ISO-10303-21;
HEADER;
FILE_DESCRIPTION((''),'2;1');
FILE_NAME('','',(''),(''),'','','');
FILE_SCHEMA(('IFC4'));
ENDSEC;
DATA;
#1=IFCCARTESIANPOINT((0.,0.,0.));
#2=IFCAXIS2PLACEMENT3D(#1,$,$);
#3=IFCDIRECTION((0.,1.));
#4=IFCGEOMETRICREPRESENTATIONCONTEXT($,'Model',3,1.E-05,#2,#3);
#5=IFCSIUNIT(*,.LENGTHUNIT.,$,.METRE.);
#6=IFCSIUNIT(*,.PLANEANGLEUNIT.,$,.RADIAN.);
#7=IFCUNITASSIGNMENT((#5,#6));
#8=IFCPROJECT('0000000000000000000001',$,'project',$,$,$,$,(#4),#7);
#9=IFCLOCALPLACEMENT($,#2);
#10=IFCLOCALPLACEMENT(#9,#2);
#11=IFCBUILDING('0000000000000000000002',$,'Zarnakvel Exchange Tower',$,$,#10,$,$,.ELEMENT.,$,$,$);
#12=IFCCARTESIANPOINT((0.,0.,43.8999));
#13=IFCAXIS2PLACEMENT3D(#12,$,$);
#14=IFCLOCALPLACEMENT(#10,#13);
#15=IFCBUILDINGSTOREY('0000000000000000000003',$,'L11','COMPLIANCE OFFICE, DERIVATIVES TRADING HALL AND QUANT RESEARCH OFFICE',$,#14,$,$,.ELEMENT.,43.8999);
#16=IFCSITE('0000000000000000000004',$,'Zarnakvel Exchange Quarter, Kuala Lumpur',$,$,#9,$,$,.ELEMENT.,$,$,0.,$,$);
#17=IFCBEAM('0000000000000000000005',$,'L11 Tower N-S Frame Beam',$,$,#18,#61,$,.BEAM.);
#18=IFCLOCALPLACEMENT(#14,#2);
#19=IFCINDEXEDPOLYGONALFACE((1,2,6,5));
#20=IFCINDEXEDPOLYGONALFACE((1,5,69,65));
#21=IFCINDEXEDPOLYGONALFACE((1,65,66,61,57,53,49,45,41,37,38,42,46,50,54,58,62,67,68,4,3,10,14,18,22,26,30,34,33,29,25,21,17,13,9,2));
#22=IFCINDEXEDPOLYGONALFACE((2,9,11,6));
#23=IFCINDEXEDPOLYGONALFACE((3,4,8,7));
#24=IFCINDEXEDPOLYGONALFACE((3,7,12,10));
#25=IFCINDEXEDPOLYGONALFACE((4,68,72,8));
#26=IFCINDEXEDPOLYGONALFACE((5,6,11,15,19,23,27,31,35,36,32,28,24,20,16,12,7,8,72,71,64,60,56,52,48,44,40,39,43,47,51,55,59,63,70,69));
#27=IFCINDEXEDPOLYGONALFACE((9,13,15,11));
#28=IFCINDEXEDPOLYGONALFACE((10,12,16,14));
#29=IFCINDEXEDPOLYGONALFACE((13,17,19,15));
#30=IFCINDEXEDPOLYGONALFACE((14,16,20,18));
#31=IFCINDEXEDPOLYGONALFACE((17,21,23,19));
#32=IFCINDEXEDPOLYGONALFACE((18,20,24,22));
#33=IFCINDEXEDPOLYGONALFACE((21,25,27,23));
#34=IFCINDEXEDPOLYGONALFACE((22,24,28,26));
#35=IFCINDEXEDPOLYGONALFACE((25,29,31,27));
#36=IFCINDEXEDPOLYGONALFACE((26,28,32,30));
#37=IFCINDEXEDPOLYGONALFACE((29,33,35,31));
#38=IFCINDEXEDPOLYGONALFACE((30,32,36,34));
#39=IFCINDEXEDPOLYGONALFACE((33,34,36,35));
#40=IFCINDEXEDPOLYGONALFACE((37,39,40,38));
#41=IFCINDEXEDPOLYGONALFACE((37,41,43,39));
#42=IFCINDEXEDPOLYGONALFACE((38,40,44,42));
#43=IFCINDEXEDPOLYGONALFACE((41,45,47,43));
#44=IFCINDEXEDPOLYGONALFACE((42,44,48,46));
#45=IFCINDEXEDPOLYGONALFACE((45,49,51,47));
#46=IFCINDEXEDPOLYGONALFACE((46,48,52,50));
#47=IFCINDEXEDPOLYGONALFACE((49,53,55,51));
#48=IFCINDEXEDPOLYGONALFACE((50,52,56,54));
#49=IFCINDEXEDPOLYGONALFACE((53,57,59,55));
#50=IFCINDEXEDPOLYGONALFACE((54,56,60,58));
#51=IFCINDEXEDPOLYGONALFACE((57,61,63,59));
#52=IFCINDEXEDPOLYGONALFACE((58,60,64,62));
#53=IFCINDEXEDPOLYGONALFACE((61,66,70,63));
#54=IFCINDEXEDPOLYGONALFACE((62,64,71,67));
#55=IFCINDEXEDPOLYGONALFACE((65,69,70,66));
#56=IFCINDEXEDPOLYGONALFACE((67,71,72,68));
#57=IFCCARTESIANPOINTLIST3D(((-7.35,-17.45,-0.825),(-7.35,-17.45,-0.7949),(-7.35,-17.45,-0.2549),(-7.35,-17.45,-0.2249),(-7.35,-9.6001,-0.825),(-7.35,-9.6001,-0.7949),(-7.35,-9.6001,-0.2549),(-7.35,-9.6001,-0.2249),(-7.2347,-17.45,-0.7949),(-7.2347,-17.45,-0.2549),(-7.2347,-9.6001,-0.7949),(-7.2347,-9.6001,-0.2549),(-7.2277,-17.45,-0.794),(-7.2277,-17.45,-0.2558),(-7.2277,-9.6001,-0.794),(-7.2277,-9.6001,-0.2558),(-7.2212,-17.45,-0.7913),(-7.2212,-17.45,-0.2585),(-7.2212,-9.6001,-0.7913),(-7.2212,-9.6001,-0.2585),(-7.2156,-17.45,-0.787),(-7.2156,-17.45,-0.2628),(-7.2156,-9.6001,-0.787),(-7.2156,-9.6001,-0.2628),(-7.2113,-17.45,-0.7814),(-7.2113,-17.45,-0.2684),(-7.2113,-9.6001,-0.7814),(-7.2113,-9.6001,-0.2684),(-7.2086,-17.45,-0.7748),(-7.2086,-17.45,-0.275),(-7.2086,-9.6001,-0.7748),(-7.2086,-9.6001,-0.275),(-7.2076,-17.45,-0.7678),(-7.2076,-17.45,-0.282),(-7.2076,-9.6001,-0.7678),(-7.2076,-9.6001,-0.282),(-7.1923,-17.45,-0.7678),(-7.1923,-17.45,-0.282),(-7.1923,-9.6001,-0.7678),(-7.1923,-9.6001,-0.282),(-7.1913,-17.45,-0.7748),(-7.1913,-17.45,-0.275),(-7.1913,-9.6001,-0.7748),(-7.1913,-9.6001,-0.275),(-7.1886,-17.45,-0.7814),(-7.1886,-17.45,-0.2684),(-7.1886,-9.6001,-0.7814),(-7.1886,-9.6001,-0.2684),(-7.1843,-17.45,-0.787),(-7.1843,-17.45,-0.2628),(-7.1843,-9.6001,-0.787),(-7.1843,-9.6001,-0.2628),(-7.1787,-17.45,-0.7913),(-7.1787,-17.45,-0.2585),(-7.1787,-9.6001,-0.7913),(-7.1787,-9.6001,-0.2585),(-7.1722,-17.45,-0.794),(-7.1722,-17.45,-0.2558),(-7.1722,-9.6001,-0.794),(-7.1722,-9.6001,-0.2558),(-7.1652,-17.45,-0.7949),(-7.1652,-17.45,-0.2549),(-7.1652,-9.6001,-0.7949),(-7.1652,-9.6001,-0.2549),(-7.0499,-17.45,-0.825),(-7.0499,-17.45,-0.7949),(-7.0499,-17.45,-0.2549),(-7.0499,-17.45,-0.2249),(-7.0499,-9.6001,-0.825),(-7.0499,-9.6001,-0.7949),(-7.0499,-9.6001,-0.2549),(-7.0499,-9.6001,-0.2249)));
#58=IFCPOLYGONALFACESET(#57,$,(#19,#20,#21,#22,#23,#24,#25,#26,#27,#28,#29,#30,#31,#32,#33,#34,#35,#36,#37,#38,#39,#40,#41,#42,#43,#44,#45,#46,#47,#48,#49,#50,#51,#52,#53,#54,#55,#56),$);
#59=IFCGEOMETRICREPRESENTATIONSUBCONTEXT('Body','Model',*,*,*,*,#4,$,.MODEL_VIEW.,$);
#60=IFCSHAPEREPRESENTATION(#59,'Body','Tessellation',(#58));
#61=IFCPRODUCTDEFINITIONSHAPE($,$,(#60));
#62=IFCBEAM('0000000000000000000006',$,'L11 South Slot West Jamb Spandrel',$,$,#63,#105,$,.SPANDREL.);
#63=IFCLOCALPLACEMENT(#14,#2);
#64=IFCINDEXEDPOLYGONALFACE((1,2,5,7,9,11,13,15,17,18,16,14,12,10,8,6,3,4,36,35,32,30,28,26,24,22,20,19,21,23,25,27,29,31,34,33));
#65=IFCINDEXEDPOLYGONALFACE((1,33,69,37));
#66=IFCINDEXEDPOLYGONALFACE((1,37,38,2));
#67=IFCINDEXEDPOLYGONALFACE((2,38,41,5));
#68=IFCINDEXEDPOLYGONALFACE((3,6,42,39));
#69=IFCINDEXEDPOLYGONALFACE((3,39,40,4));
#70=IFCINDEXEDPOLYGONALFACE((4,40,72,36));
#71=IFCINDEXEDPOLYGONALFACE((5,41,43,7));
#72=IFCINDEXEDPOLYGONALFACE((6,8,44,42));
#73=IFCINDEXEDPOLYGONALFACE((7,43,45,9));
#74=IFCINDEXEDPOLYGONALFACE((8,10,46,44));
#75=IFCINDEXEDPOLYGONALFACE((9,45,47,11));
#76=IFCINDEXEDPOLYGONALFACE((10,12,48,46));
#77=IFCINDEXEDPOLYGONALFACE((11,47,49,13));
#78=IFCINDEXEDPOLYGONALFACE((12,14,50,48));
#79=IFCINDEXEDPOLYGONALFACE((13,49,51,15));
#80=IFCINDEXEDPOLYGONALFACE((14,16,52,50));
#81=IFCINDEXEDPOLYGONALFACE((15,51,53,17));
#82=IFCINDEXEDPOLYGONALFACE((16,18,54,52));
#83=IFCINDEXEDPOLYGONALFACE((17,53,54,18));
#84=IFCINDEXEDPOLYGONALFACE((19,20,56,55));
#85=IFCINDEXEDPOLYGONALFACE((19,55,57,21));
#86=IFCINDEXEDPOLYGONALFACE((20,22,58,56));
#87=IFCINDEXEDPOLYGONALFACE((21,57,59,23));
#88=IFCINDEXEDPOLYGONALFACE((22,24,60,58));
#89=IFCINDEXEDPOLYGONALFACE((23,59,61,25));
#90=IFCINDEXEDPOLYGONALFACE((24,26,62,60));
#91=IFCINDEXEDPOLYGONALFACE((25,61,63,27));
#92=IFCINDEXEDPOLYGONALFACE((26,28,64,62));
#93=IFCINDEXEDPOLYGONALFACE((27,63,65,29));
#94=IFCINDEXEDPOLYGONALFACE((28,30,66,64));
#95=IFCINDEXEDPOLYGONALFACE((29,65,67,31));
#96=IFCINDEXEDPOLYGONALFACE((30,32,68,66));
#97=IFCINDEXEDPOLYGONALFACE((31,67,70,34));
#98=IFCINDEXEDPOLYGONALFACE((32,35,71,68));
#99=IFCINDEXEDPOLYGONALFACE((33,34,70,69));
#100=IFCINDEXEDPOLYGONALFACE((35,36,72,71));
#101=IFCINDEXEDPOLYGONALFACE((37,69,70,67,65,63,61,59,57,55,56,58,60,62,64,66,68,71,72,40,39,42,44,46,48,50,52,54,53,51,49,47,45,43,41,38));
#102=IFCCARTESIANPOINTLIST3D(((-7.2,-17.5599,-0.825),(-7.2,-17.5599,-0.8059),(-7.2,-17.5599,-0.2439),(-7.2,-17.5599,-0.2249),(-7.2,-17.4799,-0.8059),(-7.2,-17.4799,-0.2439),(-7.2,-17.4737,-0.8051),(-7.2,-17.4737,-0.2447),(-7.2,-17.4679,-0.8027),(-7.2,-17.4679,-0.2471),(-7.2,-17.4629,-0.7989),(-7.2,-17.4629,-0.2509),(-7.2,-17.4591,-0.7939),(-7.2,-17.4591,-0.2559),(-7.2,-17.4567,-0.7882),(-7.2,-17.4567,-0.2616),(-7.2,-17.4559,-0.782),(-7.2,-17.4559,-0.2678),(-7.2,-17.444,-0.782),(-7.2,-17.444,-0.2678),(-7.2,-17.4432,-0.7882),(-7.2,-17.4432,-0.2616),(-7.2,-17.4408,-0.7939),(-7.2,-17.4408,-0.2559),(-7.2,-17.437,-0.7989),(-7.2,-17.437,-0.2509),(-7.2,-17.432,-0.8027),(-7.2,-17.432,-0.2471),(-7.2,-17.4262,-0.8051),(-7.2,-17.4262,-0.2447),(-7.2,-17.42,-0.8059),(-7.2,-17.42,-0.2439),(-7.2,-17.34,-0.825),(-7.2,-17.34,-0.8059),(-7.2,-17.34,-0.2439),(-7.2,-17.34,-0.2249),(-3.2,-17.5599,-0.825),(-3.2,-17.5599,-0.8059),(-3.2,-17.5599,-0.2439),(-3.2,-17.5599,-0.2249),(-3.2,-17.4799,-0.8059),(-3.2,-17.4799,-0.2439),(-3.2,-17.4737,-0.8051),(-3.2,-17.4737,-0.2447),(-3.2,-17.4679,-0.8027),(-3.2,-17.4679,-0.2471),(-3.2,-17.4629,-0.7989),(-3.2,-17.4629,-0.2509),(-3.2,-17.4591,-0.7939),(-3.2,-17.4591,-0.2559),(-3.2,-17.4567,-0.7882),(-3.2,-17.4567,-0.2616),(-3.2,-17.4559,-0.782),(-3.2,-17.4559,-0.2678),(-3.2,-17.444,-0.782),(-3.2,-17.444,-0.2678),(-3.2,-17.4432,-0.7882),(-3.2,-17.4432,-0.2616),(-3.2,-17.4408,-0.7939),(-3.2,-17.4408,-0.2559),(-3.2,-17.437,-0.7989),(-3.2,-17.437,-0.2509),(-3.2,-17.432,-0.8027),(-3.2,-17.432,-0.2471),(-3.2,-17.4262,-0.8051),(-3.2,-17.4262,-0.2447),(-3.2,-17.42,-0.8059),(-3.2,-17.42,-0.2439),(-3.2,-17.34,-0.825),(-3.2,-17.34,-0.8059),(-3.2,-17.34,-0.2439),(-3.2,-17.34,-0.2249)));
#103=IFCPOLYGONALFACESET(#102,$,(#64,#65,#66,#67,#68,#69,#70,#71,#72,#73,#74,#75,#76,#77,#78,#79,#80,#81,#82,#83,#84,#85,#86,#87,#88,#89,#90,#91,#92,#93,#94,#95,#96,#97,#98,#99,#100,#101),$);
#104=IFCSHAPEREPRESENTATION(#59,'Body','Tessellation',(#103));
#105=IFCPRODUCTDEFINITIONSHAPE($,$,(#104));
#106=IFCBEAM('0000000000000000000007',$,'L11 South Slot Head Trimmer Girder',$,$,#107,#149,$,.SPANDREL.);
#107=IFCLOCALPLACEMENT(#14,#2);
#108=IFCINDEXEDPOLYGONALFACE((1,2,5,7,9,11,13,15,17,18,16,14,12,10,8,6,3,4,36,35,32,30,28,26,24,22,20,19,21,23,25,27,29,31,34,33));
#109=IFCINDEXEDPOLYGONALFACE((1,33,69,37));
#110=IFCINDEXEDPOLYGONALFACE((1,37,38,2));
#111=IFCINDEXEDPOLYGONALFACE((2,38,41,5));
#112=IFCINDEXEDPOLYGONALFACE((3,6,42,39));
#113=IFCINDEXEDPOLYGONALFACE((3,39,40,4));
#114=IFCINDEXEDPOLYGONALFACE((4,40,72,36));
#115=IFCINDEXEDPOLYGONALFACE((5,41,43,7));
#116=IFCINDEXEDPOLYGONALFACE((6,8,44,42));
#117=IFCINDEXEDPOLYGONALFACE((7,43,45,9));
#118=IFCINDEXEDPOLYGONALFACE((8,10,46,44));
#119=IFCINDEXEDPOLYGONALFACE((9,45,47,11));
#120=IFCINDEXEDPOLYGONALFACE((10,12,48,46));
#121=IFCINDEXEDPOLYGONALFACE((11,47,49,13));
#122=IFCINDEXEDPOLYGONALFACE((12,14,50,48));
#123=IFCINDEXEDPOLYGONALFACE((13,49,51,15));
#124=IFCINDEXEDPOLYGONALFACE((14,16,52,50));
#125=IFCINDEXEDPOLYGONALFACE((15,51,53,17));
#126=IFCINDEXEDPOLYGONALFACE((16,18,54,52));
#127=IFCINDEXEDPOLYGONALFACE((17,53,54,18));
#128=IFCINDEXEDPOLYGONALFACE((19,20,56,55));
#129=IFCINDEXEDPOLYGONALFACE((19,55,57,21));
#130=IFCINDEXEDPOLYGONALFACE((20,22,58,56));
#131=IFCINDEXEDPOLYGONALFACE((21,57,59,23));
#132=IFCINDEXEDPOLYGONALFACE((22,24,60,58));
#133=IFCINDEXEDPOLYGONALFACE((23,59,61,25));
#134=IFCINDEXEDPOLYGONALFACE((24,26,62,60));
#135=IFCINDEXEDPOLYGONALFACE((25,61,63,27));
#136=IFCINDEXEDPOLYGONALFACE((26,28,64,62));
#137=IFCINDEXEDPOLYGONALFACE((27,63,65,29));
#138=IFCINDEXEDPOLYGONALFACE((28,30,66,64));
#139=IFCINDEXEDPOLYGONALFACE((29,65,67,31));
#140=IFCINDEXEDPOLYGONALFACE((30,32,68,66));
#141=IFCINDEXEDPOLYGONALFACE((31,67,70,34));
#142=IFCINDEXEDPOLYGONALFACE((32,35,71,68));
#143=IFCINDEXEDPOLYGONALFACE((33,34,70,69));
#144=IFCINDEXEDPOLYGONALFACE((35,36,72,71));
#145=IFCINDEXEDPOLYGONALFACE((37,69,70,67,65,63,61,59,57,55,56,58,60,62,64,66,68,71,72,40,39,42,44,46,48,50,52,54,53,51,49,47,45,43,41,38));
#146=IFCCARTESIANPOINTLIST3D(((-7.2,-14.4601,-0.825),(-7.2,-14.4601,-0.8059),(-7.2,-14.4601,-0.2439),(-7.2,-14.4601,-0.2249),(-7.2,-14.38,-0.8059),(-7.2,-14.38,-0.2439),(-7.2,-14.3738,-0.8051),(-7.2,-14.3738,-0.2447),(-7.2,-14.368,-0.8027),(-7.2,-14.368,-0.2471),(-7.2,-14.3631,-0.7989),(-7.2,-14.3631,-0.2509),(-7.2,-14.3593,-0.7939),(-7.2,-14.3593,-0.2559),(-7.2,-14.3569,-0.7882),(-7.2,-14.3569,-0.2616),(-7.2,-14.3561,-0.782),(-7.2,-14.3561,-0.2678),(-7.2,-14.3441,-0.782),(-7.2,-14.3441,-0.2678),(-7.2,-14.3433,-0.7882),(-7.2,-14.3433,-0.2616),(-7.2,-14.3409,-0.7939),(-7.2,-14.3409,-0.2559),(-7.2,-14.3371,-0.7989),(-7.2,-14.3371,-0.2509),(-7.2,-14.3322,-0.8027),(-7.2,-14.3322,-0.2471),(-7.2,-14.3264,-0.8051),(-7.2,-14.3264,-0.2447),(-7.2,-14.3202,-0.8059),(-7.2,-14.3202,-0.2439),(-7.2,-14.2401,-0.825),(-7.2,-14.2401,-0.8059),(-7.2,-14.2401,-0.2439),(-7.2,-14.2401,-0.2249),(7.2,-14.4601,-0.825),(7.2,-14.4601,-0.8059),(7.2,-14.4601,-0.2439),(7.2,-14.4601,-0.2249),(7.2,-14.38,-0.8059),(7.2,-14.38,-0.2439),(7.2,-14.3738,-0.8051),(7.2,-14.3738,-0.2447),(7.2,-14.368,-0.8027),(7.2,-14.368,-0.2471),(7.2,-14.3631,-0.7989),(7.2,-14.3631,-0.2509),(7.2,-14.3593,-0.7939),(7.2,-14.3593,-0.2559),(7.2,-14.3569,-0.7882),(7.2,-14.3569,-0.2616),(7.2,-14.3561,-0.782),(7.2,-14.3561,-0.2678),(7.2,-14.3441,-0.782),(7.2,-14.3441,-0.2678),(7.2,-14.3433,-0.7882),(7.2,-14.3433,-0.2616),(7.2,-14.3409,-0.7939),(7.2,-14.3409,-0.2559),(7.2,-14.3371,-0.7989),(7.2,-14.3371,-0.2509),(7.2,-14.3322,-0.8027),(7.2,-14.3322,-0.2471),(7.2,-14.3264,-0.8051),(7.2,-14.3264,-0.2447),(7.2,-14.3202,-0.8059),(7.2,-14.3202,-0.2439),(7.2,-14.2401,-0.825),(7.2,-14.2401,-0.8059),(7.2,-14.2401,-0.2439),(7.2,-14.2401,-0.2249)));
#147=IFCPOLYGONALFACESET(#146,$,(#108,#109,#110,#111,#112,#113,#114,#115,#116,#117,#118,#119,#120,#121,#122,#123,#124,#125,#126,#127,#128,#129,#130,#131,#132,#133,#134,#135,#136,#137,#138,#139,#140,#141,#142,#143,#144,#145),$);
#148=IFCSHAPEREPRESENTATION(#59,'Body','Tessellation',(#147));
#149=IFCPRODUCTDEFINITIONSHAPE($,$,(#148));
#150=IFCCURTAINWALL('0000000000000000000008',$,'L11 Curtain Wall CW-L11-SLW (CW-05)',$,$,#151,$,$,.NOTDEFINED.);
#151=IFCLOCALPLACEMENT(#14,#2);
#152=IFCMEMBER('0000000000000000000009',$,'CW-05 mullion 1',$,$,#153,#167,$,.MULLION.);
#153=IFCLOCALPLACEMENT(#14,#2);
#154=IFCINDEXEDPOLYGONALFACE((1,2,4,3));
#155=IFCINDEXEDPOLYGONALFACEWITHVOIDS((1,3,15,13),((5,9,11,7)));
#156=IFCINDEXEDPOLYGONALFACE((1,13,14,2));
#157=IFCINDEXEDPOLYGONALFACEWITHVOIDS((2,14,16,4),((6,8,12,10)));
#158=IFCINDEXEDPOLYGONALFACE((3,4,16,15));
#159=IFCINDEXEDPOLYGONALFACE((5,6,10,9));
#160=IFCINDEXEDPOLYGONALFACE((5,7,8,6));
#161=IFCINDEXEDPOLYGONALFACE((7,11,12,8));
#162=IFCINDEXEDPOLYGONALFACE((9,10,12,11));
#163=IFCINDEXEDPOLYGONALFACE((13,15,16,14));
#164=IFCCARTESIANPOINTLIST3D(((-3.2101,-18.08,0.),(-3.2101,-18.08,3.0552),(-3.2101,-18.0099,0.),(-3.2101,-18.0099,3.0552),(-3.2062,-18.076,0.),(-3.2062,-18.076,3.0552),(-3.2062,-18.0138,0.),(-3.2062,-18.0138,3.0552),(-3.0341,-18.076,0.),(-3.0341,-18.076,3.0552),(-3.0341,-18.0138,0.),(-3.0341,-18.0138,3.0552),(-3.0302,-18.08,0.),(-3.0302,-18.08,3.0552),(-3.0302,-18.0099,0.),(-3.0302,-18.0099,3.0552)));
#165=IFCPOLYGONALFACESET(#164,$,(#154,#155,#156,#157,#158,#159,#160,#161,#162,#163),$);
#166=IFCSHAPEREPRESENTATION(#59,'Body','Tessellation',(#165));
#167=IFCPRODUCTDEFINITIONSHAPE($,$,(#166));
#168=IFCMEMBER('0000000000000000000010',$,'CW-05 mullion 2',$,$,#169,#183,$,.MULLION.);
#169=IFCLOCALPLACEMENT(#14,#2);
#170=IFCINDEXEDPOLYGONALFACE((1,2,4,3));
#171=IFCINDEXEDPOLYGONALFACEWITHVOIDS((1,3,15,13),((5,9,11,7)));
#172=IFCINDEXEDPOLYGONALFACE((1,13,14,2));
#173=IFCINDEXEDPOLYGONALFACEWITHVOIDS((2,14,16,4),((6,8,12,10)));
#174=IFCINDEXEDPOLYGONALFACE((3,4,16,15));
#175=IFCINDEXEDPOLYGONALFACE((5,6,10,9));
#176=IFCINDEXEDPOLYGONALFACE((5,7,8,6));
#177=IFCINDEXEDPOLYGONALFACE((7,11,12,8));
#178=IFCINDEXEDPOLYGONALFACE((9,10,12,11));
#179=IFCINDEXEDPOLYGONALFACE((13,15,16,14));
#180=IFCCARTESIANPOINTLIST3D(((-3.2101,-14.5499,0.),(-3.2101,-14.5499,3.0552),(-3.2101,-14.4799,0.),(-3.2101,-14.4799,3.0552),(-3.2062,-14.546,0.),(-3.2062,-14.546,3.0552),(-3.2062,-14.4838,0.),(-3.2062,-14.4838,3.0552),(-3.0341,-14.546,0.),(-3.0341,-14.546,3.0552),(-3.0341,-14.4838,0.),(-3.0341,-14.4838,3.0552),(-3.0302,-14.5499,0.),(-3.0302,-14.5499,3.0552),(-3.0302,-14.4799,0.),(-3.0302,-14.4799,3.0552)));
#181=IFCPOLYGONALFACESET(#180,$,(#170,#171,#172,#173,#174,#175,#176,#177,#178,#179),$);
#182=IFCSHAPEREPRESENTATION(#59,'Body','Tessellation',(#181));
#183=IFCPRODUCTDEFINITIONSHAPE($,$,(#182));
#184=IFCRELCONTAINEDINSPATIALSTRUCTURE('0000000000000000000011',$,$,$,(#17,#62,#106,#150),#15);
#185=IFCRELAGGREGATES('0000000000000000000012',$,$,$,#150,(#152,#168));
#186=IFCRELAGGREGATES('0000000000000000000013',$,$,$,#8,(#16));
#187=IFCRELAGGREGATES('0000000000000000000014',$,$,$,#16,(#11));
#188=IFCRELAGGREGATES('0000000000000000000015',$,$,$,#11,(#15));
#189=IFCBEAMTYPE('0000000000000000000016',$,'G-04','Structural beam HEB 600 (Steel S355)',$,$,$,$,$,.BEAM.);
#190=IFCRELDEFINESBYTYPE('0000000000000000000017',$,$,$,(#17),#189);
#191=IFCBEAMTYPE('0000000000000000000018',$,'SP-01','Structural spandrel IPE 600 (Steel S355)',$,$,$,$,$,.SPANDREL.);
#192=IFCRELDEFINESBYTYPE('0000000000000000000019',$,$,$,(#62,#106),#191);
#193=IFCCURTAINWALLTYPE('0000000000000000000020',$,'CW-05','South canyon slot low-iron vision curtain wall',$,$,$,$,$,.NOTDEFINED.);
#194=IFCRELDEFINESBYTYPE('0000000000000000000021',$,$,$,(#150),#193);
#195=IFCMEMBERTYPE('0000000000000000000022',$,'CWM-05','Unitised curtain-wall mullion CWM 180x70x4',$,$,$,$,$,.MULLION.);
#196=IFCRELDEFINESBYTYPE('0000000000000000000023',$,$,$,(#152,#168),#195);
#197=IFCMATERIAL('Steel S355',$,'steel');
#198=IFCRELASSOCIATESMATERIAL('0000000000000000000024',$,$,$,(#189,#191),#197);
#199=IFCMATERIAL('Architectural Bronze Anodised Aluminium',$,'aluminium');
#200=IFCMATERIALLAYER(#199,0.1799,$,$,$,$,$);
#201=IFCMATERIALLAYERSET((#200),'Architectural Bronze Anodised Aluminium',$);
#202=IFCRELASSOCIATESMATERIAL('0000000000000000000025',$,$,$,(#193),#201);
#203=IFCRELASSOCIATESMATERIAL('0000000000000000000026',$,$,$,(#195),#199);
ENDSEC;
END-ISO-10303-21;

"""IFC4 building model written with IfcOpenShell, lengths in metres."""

from ifc_helpers import new_model, si_unit, direction, frame, origin, origin_2d, place, context, subcontext, project, spatial, hollow_rectangle, i_section, extrude, source, transform, mapped, material, layer, layer_set, material_profile, profile_set, type_object, element, aggregate, save


model = new_model("IFC4")

# Units and contexts
model_context = context("Model", 3, precision=1e-05, world=origin(), true_north=direction((0.0, 1.0)))
body_context = subcontext(model_context, "Body", "Model", "MODEL_VIEW")
ifc_project = project(units=[si_unit("LENGTHUNIT", "METRE"), si_unit("PLANEANGLEUNIT", "RADIAN")], contexts=[model_context])

# Site, building, storey
site_placement = place(None, origin())
site = spatial("IfcSite", under=ifc_project, at=site_placement, Name="Zarnakvel Exchange Quarter, Kuala Lumpur", CompositionType="ELEMENT", RefElevation=0.0)
building_placement = place(site_placement, origin())
building = spatial("IfcBuilding", under=site, at=building_placement, Name="Zarnakvel Exchange Tower", CompositionType="ELEMENT")
storey_placement = place(building_placement, frame((0.0, 0.0, 43.8999)))
storey = spatial("IfcBuildingStorey", under=building, at=storey_placement, Name="L11", Description="COMPLIANCE OFFICE, DERIVATIVES TRADING HALL AND QUANT RESEARCH OFFICE", CompositionType="ELEMENT", Elevation=43.8999)

# Beams
ifc_material_1 = material(Name="Steel S355", Category="steel")
ifc_material_profile_1 = material_profile(ifc_material_1, i_section(OverallWidth=0.3, OverallDepth=0.6001, WebThickness=0.0154, FlangeThickness=0.03, FilletRadius=0.0271, at=origin_2d()))
ifc_profile_set_1 = profile_set([ifc_material_profile_1], Name="Steel S355")
beam_type_1 = type_object("IfcBeamType", Name="G-04", Description="Structural beam HEB 600 (Steel S355)", PredefinedType="BEAM", material=ifc_profile_set_1)
for number, where, z_axis, x_axis, name in (
    (1, (-7.2, -17.45, -0.5249), (0.0, 1.0, 0.0), (-1.0, 0.0, 0.0), "L11 Tower N-S Frame Beam"),
):
    element("IfcBeam", number, at=place(storey_placement, frame(where, z_axis=z_axis, x_axis=x_axis)), inside=storey, type_object=beam_type_1, Name=name, PredefinedType="BEAM", context=body_context, shape_type="SweptSolid", body=[
        extrude(i_section(OverallWidth=0.3, OverallDepth=0.6001, WebThickness=0.0154, FlangeThickness=0.03, FilletRadius=0.0271, at=origin_2d()), origin(), (0.0, 0.0, 1.0), 7.8499),
    ])
ifc_material_profile_2 = material_profile(ifc_material_1, i_section(OverallWidth=0.22, OverallDepth=0.6001, WebThickness=0.012, FlangeThickness=0.019, FilletRadius=0.0239, at=origin_2d()))
ifc_profile_set_2 = profile_set([ifc_material_profile_2], Name="Steel S355")
beam_type_2 = type_object("IfcBeamType", Name="SP-01", Description="Structural spandrel IPE 600 (Steel S355)", PredefinedType="SPANDREL", material=ifc_profile_set_2)
beam_1_placement = place(storey_placement, frame((-7.2, -17.45, -0.5249), z_axis=(1.0, 0.0, 0.0), x_axis=(0.0, 1.0, 0.0)))
element("IfcBeam", 2, at=beam_1_placement, inside=storey, type_object=beam_type_2, Name="L11 South Slot West Jamb Spandrel", PredefinedType="SPANDREL", context=body_context, shape_type="SweptSolid", body=[
    extrude(i_section(OverallWidth=0.22, OverallDepth=0.6001, WebThickness=0.012, FlangeThickness=0.019, FilletRadius=0.0239, at=origin_2d()), origin(), (0.0, 0.0, 1.0), 4.0),
])
beam_2_placement = place(storey_placement, frame((-7.2, -14.3501, -0.5249), z_axis=(1.0, 0.0, 0.0), x_axis=(0.0, 1.0, 0.0)))
element("IfcBeam", 3, at=beam_2_placement, inside=storey, type_object=beam_type_2, Name="L11 South Slot Head Trimmer Girder", PredefinedType="SPANDREL", context=body_context, shape_type="SweptSolid", body=[
    extrude(i_section(OverallWidth=0.22, OverallDepth=0.6001, WebThickness=0.012, FlangeThickness=0.019, FilletRadius=0.0239, at=origin_2d()), origin(), (0.0, 0.0, 1.0), 14.3999),
])

# Curtain wall, members
ifc_material_2 = material(Name="Architectural Bronze Anodised Aluminium", Category="aluminium")
ifc_layer_1 = layer(ifc_material_2, 0.1799)
ifc_layer_set_1 = layer_set([ifc_layer_1], Name="Architectural Bronze Anodised Aluminium")
curtain_wall_type = type_object("IfcCurtainWallType", Name="CW-05", Description="South canyon slot low-iron vision curtain wall", PredefinedType="NOTDEFINED", material=ifc_layer_set_1)
curtain_wall_1_placement = place(storey_placement, origin())
curtain_wall_1 = element("IfcCurtainWall", 4, at=curtain_wall_1_placement, inside=storey, type_object=curtain_wall_type, Name="L11 Curtain Wall CW-L11-SLW (CW-05)", PredefinedType="NOTDEFINED")
ifc_material_profile_3 = material_profile(ifc_material_2, hollow_rectangle(XDim=0.1799, YDim=0.0701, WallThickness=0.0039, at=origin_2d()))
ifc_profile_set_3 = profile_set([ifc_material_profile_3], Name="Architectural Bronze Anodised Aluminium")
member_type_1 = type_object("IfcMemberType", Name="CWM-05", Description="Unitised curtain-wall mullion CWM 180x70x4", PredefinedType="MULLION", material=ifc_profile_set_3)
shared_shape_1 = source(origin(), body_context, "Body", "SweptSolid", [
    extrude(hollow_rectangle(XDim=0.1799, YDim=0.0701, WallThickness=0.0039, at=origin_2d()), origin(), (0.0, 0.0, 1.0), 3.0552),
])
member_1_placement = place(storey_placement, frame((-3.1201, -18.0449, 0.0), z_axis=(0.0, 0.0, 1.0), x_axis=(-1.0, 0.0, 0.0)))
member_1 = element("IfcMember", 5, at=member_1_placement, type_object=member_type_1, Name="CW-05 mullion 1", PredefinedType="MULLION", context=body_context, shape_type="MappedRepresentation", body=[
    mapped(shared_shape_1, transform((0.0, 0.0, 0.0), x_axis=(1.0, 0.0, 0.0), y_axis=(0.0, 1.0, 0.0), z_axis=(0.0, 0.0, 1.0), scale=1.0)),
])
member_2_placement = place(storey_placement, frame((-3.1201, -14.5149, 0.0), z_axis=(0.0, 0.0, 1.0), x_axis=(-1.0, 0.0, 0.0)))
member_2 = element("IfcMember", 6, at=member_2_placement, type_object=member_type_1, Name="CW-05 mullion 2", PredefinedType="MULLION", context=body_context, shape_type="MappedRepresentation", body=[
    mapped(shared_shape_1, transform((0.0, 0.0, 0.0), x_axis=(1.0, 0.0, 0.0), y_axis=(0.0, 1.0, 0.0), z_axis=(0.0, 0.0, 1.0), scale=1.0)),
])

aggregate(curtain_wall_1, [member_1, member_2])

save(model, "model.ifc")
